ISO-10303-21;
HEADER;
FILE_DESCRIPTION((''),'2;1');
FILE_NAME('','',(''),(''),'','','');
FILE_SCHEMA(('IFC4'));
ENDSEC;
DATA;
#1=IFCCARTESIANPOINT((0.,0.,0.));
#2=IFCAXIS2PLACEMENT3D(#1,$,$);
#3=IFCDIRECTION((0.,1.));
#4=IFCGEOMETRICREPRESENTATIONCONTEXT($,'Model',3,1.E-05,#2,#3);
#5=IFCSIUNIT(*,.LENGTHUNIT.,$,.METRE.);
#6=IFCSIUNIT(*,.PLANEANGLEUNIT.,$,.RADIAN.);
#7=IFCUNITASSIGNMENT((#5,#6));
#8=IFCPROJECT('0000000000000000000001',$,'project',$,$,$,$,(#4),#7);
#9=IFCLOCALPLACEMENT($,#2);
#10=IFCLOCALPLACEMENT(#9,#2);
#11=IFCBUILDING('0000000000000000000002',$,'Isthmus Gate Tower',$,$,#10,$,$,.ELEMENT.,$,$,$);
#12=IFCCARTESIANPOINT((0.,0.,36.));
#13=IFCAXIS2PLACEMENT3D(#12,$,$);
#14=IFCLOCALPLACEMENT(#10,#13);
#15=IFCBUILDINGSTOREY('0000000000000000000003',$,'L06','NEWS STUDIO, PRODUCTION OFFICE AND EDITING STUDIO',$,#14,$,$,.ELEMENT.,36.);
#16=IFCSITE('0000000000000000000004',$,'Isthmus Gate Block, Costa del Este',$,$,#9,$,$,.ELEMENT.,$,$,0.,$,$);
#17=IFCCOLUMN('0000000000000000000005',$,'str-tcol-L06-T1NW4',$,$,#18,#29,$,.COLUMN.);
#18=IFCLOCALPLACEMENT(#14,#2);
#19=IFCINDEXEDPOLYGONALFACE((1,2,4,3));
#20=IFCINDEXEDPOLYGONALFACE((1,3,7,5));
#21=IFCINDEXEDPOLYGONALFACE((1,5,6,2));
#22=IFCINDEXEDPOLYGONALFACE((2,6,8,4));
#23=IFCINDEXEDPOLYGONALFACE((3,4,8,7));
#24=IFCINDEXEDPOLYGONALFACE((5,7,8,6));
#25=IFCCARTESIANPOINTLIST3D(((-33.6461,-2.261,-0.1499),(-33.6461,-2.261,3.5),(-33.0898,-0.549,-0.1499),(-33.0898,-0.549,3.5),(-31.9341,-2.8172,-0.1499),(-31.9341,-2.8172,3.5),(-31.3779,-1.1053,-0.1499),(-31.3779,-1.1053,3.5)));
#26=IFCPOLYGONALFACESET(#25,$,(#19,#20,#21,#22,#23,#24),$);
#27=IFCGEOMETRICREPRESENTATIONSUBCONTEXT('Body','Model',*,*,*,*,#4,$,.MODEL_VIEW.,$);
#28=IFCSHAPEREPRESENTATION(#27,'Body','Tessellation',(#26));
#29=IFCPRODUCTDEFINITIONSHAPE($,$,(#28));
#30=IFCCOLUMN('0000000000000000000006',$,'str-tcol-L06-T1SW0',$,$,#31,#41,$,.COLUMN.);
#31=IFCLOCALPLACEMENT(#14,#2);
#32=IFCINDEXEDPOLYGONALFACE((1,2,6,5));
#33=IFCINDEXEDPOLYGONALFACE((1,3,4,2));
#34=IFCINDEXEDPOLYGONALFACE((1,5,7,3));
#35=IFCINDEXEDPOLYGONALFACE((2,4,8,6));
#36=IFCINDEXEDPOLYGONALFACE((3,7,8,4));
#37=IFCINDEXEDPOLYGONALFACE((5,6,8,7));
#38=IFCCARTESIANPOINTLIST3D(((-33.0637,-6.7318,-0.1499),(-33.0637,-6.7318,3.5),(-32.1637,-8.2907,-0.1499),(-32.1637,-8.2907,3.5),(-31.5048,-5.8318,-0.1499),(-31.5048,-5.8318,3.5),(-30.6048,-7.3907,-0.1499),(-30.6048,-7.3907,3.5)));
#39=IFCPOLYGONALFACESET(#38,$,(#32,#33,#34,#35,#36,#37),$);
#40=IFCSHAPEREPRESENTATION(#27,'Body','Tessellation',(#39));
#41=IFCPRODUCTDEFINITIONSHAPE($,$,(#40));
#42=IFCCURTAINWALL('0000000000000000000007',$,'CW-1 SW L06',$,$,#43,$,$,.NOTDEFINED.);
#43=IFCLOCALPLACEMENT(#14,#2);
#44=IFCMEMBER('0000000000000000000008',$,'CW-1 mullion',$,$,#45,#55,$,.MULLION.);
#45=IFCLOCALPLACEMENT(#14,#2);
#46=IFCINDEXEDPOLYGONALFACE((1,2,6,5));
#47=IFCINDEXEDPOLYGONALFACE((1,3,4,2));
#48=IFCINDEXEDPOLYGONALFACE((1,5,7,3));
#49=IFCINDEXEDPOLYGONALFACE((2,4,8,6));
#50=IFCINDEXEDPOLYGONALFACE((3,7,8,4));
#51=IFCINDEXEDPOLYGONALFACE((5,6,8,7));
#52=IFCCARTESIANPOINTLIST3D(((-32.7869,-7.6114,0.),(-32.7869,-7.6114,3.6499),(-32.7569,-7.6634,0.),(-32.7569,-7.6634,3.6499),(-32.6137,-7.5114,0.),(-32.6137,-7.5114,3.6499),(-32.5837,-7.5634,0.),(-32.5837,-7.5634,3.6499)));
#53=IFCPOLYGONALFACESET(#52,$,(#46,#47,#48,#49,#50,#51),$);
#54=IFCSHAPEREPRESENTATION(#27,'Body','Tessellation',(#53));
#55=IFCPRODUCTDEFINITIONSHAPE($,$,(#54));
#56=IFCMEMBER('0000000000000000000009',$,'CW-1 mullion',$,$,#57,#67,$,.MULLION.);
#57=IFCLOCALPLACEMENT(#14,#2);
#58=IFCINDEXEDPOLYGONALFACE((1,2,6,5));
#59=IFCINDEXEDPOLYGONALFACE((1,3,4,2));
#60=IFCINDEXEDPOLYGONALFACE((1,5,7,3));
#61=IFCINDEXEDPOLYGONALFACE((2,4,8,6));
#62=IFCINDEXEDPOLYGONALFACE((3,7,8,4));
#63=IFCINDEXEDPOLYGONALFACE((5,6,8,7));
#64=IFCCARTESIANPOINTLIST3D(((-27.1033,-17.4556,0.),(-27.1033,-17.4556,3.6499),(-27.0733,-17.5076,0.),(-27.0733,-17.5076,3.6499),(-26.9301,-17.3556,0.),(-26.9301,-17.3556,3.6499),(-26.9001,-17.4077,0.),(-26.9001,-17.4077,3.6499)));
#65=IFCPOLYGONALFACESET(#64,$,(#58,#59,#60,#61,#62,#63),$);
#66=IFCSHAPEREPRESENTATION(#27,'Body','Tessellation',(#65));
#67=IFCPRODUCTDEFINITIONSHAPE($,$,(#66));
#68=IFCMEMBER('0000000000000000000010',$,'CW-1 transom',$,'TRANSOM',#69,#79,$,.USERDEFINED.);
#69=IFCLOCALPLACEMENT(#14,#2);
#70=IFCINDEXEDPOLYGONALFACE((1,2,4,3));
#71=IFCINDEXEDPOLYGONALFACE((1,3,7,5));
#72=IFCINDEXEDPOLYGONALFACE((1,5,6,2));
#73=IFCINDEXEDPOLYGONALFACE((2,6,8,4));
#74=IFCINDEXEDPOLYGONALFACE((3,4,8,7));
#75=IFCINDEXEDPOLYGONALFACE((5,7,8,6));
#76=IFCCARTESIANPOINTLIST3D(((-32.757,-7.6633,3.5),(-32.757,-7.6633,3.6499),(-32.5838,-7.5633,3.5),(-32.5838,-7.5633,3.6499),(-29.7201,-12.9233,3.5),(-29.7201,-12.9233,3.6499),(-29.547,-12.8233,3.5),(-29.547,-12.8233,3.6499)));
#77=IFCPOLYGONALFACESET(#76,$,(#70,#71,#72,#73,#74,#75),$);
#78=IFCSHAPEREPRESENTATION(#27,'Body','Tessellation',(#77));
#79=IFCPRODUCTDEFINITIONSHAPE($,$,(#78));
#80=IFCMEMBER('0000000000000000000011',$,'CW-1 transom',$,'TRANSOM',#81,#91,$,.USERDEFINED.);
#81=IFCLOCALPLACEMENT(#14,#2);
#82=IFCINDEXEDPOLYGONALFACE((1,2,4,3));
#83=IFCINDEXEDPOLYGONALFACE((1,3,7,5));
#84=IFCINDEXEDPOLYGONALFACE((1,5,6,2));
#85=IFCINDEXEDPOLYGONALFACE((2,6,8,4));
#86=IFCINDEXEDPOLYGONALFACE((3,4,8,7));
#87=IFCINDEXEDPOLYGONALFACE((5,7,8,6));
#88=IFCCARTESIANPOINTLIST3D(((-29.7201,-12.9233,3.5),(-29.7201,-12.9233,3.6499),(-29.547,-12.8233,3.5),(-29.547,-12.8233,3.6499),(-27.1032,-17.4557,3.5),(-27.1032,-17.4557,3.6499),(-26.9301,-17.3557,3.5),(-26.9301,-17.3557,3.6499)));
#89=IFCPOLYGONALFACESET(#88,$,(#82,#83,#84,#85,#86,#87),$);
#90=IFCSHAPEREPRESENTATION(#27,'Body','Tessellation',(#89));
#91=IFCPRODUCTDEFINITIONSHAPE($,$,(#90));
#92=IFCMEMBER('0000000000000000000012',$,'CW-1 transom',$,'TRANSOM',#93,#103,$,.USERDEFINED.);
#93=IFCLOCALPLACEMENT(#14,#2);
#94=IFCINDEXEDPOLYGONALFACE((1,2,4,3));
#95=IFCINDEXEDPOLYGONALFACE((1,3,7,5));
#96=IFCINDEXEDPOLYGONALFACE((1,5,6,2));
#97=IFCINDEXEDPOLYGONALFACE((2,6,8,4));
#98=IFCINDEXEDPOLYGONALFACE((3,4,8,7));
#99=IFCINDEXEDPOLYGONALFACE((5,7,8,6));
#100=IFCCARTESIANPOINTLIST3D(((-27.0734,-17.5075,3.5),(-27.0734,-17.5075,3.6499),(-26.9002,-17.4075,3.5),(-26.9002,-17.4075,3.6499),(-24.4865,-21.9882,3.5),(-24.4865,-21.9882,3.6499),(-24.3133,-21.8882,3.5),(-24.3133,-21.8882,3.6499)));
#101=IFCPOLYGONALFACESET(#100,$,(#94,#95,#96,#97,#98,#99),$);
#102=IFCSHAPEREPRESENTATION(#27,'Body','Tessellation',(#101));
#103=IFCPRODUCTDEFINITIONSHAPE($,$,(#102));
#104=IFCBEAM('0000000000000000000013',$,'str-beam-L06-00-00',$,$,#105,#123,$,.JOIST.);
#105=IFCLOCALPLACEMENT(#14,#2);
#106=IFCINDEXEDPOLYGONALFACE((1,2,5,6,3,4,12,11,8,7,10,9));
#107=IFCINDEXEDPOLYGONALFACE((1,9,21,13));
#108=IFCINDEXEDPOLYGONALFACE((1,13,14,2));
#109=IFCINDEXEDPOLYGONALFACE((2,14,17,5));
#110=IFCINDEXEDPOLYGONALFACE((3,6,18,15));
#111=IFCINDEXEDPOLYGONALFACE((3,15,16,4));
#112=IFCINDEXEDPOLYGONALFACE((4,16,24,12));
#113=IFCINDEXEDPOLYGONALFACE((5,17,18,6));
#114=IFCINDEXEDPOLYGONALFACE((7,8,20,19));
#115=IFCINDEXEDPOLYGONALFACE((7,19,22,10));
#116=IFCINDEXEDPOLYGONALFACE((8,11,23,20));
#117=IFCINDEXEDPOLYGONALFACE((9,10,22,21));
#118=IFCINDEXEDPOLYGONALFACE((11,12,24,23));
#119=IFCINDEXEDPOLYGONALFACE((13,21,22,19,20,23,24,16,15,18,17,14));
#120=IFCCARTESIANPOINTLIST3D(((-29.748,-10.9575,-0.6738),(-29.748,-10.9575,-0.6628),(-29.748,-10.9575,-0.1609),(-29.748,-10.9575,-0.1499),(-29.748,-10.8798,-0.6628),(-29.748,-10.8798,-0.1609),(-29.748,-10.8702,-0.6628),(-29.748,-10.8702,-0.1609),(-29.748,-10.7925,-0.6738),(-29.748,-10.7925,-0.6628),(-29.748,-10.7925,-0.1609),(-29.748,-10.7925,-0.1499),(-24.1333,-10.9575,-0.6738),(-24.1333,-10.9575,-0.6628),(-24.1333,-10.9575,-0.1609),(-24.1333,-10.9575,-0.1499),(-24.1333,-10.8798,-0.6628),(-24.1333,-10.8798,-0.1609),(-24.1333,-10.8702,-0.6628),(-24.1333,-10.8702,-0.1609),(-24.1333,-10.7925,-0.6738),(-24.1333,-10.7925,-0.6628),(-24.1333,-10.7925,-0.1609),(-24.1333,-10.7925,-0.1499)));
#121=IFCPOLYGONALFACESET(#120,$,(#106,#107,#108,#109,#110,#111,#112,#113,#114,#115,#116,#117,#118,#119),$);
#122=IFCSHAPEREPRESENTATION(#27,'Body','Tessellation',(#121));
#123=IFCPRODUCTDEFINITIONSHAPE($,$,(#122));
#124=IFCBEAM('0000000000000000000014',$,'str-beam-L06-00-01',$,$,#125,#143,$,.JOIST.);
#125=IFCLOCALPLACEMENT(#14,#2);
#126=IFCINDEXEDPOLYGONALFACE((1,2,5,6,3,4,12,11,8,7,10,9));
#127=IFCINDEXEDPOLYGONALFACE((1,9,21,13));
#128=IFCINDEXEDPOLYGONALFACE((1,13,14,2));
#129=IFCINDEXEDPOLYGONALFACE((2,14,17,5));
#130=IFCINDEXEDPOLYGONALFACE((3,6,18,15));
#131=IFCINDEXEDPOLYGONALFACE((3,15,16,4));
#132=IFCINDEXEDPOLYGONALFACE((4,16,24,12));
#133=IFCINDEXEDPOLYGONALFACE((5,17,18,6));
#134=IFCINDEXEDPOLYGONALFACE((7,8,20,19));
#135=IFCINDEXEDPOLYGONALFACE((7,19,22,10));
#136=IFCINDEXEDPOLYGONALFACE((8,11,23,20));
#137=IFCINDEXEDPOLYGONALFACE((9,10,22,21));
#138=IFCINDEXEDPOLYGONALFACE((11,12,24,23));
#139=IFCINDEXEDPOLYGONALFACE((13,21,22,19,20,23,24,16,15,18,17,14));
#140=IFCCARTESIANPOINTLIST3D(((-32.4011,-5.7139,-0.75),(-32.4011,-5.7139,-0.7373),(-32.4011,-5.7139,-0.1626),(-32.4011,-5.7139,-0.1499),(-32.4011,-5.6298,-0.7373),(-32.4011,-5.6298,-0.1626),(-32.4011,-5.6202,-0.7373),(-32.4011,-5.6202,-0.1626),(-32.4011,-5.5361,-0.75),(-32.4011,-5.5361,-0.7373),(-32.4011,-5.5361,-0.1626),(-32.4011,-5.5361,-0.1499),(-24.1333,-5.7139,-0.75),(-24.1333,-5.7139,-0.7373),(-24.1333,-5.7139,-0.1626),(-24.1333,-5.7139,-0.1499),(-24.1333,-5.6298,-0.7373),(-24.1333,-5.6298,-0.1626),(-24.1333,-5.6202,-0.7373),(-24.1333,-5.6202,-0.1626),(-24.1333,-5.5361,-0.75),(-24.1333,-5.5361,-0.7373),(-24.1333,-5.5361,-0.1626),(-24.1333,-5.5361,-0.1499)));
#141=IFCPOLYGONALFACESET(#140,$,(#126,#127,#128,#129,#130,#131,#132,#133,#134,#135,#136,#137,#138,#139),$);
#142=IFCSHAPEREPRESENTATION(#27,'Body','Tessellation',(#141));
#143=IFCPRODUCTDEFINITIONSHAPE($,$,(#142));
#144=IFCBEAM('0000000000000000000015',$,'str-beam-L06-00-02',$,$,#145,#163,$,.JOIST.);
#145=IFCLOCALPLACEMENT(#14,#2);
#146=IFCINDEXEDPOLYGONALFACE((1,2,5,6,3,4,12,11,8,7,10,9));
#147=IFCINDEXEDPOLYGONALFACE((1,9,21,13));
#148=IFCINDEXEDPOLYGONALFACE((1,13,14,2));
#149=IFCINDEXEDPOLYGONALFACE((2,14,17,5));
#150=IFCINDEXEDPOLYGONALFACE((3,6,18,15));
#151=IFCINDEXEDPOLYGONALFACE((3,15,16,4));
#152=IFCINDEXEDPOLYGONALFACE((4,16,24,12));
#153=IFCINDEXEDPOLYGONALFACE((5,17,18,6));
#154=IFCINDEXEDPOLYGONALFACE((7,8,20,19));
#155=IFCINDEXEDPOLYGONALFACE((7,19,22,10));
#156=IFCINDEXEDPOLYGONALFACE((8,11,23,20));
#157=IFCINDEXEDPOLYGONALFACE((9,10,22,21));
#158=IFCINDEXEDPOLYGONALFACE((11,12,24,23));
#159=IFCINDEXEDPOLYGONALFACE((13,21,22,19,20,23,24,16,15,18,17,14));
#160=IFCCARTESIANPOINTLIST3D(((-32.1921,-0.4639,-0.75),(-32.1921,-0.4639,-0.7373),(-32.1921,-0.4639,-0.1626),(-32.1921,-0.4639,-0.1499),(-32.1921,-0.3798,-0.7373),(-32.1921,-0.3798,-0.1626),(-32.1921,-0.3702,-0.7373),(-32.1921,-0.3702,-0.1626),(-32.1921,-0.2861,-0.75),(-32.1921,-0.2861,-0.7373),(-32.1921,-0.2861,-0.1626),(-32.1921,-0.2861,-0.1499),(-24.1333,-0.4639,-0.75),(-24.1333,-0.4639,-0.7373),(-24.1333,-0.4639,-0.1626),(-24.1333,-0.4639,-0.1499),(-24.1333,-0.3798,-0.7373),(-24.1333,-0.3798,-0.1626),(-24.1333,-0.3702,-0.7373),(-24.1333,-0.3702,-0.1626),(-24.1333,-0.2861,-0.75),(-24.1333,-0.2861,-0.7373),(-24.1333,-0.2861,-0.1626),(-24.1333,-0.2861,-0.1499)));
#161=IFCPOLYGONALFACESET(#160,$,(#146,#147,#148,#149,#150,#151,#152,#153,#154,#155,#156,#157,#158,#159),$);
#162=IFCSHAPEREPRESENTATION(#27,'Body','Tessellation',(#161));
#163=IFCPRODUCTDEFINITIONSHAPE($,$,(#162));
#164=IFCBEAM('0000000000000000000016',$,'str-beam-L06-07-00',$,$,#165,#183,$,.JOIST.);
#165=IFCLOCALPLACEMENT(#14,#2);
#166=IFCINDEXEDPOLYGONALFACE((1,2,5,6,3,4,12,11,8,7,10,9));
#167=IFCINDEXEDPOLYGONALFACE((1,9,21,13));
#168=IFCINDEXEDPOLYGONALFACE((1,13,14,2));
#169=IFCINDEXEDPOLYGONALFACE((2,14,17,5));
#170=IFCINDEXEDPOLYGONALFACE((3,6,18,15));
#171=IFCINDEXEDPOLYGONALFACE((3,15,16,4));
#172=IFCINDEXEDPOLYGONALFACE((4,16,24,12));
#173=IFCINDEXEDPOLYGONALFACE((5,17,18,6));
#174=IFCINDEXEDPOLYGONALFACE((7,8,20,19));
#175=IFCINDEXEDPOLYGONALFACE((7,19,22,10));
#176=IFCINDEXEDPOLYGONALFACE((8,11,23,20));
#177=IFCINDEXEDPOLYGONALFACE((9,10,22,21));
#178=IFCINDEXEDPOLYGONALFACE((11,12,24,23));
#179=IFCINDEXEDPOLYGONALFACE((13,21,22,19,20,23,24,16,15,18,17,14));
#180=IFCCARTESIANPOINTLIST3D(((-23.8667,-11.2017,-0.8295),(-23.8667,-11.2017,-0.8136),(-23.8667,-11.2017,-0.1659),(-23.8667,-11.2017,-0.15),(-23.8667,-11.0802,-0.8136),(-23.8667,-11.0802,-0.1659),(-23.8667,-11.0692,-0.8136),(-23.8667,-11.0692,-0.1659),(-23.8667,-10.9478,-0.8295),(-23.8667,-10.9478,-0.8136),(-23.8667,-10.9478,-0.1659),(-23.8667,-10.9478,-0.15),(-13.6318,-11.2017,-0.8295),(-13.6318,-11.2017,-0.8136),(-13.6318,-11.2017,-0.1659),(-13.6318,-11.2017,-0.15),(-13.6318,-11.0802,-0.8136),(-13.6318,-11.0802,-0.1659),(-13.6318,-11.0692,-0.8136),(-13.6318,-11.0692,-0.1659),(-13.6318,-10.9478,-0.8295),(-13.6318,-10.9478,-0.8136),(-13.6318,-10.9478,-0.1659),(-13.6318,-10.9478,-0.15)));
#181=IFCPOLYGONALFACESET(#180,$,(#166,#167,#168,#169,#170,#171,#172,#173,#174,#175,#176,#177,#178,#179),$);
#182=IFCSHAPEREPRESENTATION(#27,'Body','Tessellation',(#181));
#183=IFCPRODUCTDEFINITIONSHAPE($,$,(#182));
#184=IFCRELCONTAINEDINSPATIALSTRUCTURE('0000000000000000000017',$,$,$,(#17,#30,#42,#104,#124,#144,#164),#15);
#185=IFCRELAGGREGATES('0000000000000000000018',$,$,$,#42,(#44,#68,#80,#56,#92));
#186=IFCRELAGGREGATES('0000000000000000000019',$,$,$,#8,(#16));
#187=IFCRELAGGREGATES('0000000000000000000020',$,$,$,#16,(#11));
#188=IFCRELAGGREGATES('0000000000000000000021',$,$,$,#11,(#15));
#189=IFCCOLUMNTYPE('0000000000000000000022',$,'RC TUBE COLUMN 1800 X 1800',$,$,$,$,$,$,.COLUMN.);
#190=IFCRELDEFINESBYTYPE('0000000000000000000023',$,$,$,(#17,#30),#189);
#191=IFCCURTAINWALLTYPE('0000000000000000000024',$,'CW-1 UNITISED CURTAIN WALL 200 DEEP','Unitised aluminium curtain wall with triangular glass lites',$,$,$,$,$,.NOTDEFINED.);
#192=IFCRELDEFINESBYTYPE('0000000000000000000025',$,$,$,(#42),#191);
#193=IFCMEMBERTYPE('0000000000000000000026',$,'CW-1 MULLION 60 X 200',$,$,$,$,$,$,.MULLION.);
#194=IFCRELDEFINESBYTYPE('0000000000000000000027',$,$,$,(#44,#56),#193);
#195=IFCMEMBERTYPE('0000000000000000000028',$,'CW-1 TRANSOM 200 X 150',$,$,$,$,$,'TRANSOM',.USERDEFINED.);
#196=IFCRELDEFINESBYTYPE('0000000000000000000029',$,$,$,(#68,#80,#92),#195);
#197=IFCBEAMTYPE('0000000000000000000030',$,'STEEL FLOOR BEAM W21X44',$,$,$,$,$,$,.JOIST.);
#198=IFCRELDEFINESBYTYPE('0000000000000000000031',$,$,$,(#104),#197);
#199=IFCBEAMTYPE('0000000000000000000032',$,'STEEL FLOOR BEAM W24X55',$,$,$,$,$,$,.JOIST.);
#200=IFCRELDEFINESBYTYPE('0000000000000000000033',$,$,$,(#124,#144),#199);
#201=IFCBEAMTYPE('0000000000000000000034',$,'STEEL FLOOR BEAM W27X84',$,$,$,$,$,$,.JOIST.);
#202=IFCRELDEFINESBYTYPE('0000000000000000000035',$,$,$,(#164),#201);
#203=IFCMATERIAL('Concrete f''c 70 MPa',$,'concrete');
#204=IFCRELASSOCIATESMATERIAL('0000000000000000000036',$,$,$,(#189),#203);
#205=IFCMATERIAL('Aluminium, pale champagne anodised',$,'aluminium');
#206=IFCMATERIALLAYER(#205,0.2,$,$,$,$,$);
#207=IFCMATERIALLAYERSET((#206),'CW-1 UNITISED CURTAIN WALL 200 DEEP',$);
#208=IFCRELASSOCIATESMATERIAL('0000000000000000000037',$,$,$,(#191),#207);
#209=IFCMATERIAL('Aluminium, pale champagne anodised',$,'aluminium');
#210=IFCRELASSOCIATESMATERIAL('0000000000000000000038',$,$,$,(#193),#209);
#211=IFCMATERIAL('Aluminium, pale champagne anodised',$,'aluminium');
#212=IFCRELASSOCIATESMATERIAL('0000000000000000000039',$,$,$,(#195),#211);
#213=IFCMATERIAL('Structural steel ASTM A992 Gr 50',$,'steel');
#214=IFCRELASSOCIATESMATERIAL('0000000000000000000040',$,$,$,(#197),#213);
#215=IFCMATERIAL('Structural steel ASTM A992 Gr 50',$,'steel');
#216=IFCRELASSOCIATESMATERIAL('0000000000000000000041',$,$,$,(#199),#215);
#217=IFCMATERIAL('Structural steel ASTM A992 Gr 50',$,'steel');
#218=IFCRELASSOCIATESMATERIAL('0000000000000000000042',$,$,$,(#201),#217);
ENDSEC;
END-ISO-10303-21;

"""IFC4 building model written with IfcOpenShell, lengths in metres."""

from ifc_helpers import new_model, si_unit, direction, frame, origin, origin_2d, place, context, subcontext, project, spatial, rectangle, i_section, extrude, material, layer, layer_set, material_profile, profile_set, type_object, element, aggregate, save


model = new_model("IFC4")

# Units and contexts
model_context = context("Model", 3, precision=1e-05, world=origin(), true_north=direction((0.0, 1.0)))
body_context = subcontext(model_context, "Body", "Model", "MODEL_VIEW")
ifc_project = project(units=[si_unit("LENGTHUNIT", "METRE"), si_unit("PLANEANGLEUNIT", "RADIAN")], contexts=[model_context])

# Site, building, storey
site_placement = place(None, origin())
site = spatial("IfcSite", under=ifc_project, at=site_placement, Name="Isthmus Gate Block, Costa del Este", CompositionType="ELEMENT", RefElevation=0.0)
building_placement = place(site_placement, origin())
building = spatial("IfcBuilding", under=site, at=building_placement, Name="Isthmus Gate Tower", CompositionType="ELEMENT")
storey_placement = place(building_placement, frame((0.0, 0.0, 36.0)))
storey = spatial("IfcBuildingStorey", under=building, at=storey_placement, Name="L06", Description="NEWS STUDIO, PRODUCTION OFFICE AND EDITING STUDIO", CompositionType="ELEMENT", Elevation=36.0)

# Columns
ifc_material_1 = material(Name="Concrete f'c 70 MPa", Category="concrete")
ifc_material_profile_1 = material_profile(ifc_material_1, rectangle(XDim=1.8, YDim=1.8, at=origin_2d()), Name="RC 1800X1800")
ifc_profile_set_1 = profile_set([ifc_material_profile_1], Name="Concrete f'c 70 MPa")
column_type = type_object("IfcColumnType", Name="RC TUBE COLUMN 1800 X 1800", PredefinedType="COLUMN", material=ifc_profile_set_1)
for number, where, z_axis, x_axis, name in (
    (1, (-32.512, -1.6831, -0.1499), (0.0, 0.0, 1.0), (-0.309017, -0.951057, 0.0), "str-tcol-L06-T1NW4"),
    (2, (-31.8342, -7.0613, -0.1499), (0.0, 0.0, 1.0), (0.5, -0.866025, 0.0), "str-tcol-L06-T1SW0"),
):
    element("IfcColumn", number, at=place(storey_placement, frame(where, z_axis=z_axis, x_axis=x_axis)), inside=storey, type_object=column_type, Name=name, PredefinedType="COLUMN", context=body_context, shape_type="SweptSolid", body=[
        extrude(rectangle(XDim=1.8, YDim=1.8, at=origin_2d()), origin(), (0.0, 0.0, 1.0), 3.6499),
    ])

# Curtain wall, members
ifc_material_2 = material(Name="Aluminium, pale champagne anodised", Category="aluminium")
ifc_layer_1 = layer(ifc_material_2, 0.2)
ifc_layer_set_1 = layer_set([ifc_layer_1], Name="CW-1 UNITISED CURTAIN WALL 200 DEEP")
curtain_wall_type = type_object("IfcCurtainWallType", Name="CW-1 UNITISED CURTAIN WALL 200 DEEP", Description="Unitised aluminium curtain wall with triangular glass lites", PredefinedType="NOTDEFINED", material=ifc_layer_set_1)
curtain_wall_placement = place(storey_placement, origin())
curtain_wall = element("IfcCurtainWall", 3, at=curtain_wall_placement, inside=storey, type_object=curtain_wall_type, Name="CW-1 SW L06", PredefinedType="NOTDEFINED")
ifc_material_3 = material(Name="Aluminium, pale champagne anodised", Category="aluminium")
ifc_material_profile_2 = material_profile(ifc_material_3, rectangle(XDim=0.0601, YDim=0.2, at=origin_2d()), Name="60x200")
ifc_profile_set_2 = profile_set([ifc_material_profile_2], Name="Aluminium, pale champagne anodised")
member_type_1 = type_object("IfcMemberType", Name="CW-1 MULLION 60 X 200", PredefinedType="MULLION", material=ifc_profile_set_2)
member_1_placement = place(storey_placement, frame((-32.6853, -7.5874, 0.0), z_axis=(0.0, 0.0, 1.0), x_axis=(0.5, -0.866025, 0.0)))
member_1 = element("IfcMember", 4, at=member_1_placement, type_object=member_type_1, Name="CW-1 mullion", PredefinedType="MULLION", context=body_context, shape_type="SweptSolid", body=[
    extrude(rectangle(XDim=0.0601, YDim=0.2, at=origin_2d()), origin(), (0.0, 0.0, 1.0), 3.6499),
])
member_2_placement = place(storey_placement, frame((-27.0017, -17.4316, 0.0), z_axis=(0.0, 0.0, 1.0), x_axis=(0.5, -0.866025, 0.0)))
member_2 = element("IfcMember", 5, at=member_2_placement, type_object=member_type_1, Name="CW-1 mullion", PredefinedType="MULLION", context=body_context, shape_type="SweptSolid", body=[
    extrude(rectangle(XDim=0.0601, YDim=0.2, at=origin_2d()), origin(), (0.0, 0.0, 1.0), 3.6499),
])
ifc_material_4 = material(Name="Aluminium, pale champagne anodised", Category="aluminium")
ifc_material_profile_3 = material_profile(ifc_material_4, rectangle(XDim=0.2, YDim=0.1499, at=origin_2d()), Name="200x150")
ifc_profile_set_3 = profile_set([ifc_material_profile_3], Name="Aluminium, pale champagne anodised")
member_type_2 = type_object("IfcMemberType", Name="CW-1 TRANSOM 200 X 150", ElementType="TRANSOM", PredefinedType="USERDEFINED", material=ifc_profile_set_3)
member_3_placement = place(storey_placement, frame((-32.6704, -7.6133, 3.575), z_axis=(0.5, -0.866026, 0.0), x_axis=(0.866026, 0.5, 0.0)))
member_3 = element("IfcMember", 6, at=member_3_placement, type_object=member_type_2, Name="CW-1 transom", ObjectType="TRANSOM", PredefinedType="USERDEFINED", context=body_context, shape_type="SweptSolid", body=[
    extrude(rectangle(XDim=0.2, YDim=0.1499, at=origin_2d()), origin(), (0.0, 0.0, 1.0), 6.0737),
])
member_4_placement = place(storey_placement, frame((-29.6335, -12.8733, 3.575), z_axis=(0.500017, -0.866015, 0.0), x_axis=(0.866015, 0.500017, 0.0)))
member_4 = element("IfcMember", 7, at=member_4_placement, type_object=member_type_2, Name="CW-1 transom", ObjectType="TRANSOM", PredefinedType="USERDEFINED", context=body_context, shape_type="SweptSolid", body=[
    extrude(rectangle(XDim=0.2, YDim=0.1499, at=origin_2d()), origin(), (0.0, 0.0, 1.0), 5.2336),
])
member_5_placement = place(storey_placement, frame((-26.9868, -17.4575, 3.575), z_axis=(0.499996, -0.866028, 0.0), x_axis=(0.866028, 0.499996, 0.0)))
member_5 = element("IfcMember", 8, at=member_5_placement, type_object=member_type_2, Name="CW-1 transom", ObjectType="TRANSOM", PredefinedType="USERDEFINED", context=body_context, shape_type="SweptSolid", body=[
    extrude(rectangle(XDim=0.2, YDim=0.1499, at=origin_2d()), origin(), (0.0, 0.0, 1.0), 5.1738),
])

# Beams
ifc_material_5 = material(Name="Structural steel ASTM A992 Gr 50", Category="steel")
ifc_material_profile_4 = material_profile(ifc_material_5, i_section(OverallWidth=0.165, OverallDepth=0.5239, WebThickness=0.0095, FlangeThickness=0.011, at=origin_2d()), Name="W21X44")
ifc_profile_set_4 = profile_set([ifc_material_profile_4], Name="Structural steel ASTM A992 Gr 50")
beam_type_1 = type_object("IfcBeamType", Name="STEEL FLOOR BEAM W21X44", PredefinedType="JOIST", material=ifc_profile_set_4)
beam_1_placement = place(storey_placement, frame((-29.748, -10.875, -0.4119), z_axis=(1.0, 0.0, 0.0), x_axis=(0.0, 1.0, 0.0)))
element("IfcBeam", 9, at=beam_1_placement, inside=storey, type_object=beam_type_1, Name="str-beam-L06-00-00", PredefinedType="JOIST", context=body_context, shape_type="SweptSolid", body=[
    extrude(i_section(OverallWidth=0.165, OverallDepth=0.5239, WebThickness=0.0095, FlangeThickness=0.011, at=origin_2d()), origin(), (0.0, 0.0, 1.0), 5.6147),
])
ifc_material_6 = material(Name="Structural steel ASTM A992 Gr 50", Category="steel")
ifc_material_profile_5 = material_profile(ifc_material_6, i_section(OverallWidth=0.1777, OverallDepth=0.6001, WebThickness=0.0095, FlangeThickness=0.0127, at=origin_2d()), Name="W24X55")
ifc_profile_set_5 = profile_set([ifc_material_profile_5], Name="Structural steel ASTM A992 Gr 50")
beam_type_2 = type_object("IfcBeamType", Name="STEEL FLOOR BEAM W24X55", PredefinedType="JOIST", material=ifc_profile_set_5)
beam_2_placement = place(storey_placement, frame((-32.4011, -5.625, -0.45), z_axis=(1.0, 0.0, 0.0), x_axis=(0.0, 1.0, 0.0)))
element("IfcBeam", 10, at=beam_2_placement, inside=storey, type_object=beam_type_2, Name="str-beam-L06-00-01", PredefinedType="JOIST", context=body_context, shape_type="SweptSolid", body=[
    extrude(i_section(OverallWidth=0.1777, OverallDepth=0.6001, WebThickness=0.0095, FlangeThickness=0.0127, at=origin_2d()), origin(), (0.0, 0.0, 1.0), 8.2678),
])
beam_3_placement = place(storey_placement, frame((-32.1921, -0.375, -0.45), z_axis=(1.0, 0.0, 0.0), x_axis=(0.0, 1.0, 0.0)))
element("IfcBeam", 11, at=beam_3_placement, inside=storey, type_object=beam_type_2, Name="str-beam-L06-00-02", PredefinedType="JOIST", context=body_context, shape_type="SweptSolid", body=[
    extrude(i_section(OverallWidth=0.1777, OverallDepth=0.6001, WebThickness=0.0095, FlangeThickness=0.0127, at=origin_2d()), origin(), (0.0, 0.0, 1.0), 8.0588),
])
ifc_material_7 = material(Name="Structural steel ASTM A992 Gr 50", Category="steel")
ifc_material_profile_6 = material_profile(ifc_material_7, i_section(OverallWidth=0.2539, OverallDepth=0.6794, WebThickness=0.011, FlangeThickness=0.0159, at=origin_2d()), Name="W27X84")
ifc_profile_set_6 = profile_set([ifc_material_profile_6], Name="Structural steel ASTM A992 Gr 50")
beam_type_3 = type_object("IfcBeamType", Name="STEEL FLOOR BEAM W27X84", PredefinedType="JOIST", material=ifc_profile_set_6)
for number, where, z_axis, x_axis, name in (
    (12, (-23.8667, -11.0747, -0.4897), (1.0, 0.0, 0.0), (0.0, 1.0, 0.0), "str-beam-L06-07-00"),
):
    element("IfcBeam", number, at=place(storey_placement, frame(where, z_axis=z_axis, x_axis=x_axis)), inside=storey, type_object=beam_type_3, Name=name, PredefinedType="JOIST", context=body_context, shape_type="SweptSolid", body=[
        extrude(i_section(OverallWidth=0.2539, OverallDepth=0.6794, WebThickness=0.011, FlangeThickness=0.0159, at=origin_2d()), origin(), (0.0, 0.0, 1.0), 10.2349),
    ])

aggregate(curtain_wall, [member_1, member_3, member_4, member_2, member_5])

save(model, "model.ifc")
